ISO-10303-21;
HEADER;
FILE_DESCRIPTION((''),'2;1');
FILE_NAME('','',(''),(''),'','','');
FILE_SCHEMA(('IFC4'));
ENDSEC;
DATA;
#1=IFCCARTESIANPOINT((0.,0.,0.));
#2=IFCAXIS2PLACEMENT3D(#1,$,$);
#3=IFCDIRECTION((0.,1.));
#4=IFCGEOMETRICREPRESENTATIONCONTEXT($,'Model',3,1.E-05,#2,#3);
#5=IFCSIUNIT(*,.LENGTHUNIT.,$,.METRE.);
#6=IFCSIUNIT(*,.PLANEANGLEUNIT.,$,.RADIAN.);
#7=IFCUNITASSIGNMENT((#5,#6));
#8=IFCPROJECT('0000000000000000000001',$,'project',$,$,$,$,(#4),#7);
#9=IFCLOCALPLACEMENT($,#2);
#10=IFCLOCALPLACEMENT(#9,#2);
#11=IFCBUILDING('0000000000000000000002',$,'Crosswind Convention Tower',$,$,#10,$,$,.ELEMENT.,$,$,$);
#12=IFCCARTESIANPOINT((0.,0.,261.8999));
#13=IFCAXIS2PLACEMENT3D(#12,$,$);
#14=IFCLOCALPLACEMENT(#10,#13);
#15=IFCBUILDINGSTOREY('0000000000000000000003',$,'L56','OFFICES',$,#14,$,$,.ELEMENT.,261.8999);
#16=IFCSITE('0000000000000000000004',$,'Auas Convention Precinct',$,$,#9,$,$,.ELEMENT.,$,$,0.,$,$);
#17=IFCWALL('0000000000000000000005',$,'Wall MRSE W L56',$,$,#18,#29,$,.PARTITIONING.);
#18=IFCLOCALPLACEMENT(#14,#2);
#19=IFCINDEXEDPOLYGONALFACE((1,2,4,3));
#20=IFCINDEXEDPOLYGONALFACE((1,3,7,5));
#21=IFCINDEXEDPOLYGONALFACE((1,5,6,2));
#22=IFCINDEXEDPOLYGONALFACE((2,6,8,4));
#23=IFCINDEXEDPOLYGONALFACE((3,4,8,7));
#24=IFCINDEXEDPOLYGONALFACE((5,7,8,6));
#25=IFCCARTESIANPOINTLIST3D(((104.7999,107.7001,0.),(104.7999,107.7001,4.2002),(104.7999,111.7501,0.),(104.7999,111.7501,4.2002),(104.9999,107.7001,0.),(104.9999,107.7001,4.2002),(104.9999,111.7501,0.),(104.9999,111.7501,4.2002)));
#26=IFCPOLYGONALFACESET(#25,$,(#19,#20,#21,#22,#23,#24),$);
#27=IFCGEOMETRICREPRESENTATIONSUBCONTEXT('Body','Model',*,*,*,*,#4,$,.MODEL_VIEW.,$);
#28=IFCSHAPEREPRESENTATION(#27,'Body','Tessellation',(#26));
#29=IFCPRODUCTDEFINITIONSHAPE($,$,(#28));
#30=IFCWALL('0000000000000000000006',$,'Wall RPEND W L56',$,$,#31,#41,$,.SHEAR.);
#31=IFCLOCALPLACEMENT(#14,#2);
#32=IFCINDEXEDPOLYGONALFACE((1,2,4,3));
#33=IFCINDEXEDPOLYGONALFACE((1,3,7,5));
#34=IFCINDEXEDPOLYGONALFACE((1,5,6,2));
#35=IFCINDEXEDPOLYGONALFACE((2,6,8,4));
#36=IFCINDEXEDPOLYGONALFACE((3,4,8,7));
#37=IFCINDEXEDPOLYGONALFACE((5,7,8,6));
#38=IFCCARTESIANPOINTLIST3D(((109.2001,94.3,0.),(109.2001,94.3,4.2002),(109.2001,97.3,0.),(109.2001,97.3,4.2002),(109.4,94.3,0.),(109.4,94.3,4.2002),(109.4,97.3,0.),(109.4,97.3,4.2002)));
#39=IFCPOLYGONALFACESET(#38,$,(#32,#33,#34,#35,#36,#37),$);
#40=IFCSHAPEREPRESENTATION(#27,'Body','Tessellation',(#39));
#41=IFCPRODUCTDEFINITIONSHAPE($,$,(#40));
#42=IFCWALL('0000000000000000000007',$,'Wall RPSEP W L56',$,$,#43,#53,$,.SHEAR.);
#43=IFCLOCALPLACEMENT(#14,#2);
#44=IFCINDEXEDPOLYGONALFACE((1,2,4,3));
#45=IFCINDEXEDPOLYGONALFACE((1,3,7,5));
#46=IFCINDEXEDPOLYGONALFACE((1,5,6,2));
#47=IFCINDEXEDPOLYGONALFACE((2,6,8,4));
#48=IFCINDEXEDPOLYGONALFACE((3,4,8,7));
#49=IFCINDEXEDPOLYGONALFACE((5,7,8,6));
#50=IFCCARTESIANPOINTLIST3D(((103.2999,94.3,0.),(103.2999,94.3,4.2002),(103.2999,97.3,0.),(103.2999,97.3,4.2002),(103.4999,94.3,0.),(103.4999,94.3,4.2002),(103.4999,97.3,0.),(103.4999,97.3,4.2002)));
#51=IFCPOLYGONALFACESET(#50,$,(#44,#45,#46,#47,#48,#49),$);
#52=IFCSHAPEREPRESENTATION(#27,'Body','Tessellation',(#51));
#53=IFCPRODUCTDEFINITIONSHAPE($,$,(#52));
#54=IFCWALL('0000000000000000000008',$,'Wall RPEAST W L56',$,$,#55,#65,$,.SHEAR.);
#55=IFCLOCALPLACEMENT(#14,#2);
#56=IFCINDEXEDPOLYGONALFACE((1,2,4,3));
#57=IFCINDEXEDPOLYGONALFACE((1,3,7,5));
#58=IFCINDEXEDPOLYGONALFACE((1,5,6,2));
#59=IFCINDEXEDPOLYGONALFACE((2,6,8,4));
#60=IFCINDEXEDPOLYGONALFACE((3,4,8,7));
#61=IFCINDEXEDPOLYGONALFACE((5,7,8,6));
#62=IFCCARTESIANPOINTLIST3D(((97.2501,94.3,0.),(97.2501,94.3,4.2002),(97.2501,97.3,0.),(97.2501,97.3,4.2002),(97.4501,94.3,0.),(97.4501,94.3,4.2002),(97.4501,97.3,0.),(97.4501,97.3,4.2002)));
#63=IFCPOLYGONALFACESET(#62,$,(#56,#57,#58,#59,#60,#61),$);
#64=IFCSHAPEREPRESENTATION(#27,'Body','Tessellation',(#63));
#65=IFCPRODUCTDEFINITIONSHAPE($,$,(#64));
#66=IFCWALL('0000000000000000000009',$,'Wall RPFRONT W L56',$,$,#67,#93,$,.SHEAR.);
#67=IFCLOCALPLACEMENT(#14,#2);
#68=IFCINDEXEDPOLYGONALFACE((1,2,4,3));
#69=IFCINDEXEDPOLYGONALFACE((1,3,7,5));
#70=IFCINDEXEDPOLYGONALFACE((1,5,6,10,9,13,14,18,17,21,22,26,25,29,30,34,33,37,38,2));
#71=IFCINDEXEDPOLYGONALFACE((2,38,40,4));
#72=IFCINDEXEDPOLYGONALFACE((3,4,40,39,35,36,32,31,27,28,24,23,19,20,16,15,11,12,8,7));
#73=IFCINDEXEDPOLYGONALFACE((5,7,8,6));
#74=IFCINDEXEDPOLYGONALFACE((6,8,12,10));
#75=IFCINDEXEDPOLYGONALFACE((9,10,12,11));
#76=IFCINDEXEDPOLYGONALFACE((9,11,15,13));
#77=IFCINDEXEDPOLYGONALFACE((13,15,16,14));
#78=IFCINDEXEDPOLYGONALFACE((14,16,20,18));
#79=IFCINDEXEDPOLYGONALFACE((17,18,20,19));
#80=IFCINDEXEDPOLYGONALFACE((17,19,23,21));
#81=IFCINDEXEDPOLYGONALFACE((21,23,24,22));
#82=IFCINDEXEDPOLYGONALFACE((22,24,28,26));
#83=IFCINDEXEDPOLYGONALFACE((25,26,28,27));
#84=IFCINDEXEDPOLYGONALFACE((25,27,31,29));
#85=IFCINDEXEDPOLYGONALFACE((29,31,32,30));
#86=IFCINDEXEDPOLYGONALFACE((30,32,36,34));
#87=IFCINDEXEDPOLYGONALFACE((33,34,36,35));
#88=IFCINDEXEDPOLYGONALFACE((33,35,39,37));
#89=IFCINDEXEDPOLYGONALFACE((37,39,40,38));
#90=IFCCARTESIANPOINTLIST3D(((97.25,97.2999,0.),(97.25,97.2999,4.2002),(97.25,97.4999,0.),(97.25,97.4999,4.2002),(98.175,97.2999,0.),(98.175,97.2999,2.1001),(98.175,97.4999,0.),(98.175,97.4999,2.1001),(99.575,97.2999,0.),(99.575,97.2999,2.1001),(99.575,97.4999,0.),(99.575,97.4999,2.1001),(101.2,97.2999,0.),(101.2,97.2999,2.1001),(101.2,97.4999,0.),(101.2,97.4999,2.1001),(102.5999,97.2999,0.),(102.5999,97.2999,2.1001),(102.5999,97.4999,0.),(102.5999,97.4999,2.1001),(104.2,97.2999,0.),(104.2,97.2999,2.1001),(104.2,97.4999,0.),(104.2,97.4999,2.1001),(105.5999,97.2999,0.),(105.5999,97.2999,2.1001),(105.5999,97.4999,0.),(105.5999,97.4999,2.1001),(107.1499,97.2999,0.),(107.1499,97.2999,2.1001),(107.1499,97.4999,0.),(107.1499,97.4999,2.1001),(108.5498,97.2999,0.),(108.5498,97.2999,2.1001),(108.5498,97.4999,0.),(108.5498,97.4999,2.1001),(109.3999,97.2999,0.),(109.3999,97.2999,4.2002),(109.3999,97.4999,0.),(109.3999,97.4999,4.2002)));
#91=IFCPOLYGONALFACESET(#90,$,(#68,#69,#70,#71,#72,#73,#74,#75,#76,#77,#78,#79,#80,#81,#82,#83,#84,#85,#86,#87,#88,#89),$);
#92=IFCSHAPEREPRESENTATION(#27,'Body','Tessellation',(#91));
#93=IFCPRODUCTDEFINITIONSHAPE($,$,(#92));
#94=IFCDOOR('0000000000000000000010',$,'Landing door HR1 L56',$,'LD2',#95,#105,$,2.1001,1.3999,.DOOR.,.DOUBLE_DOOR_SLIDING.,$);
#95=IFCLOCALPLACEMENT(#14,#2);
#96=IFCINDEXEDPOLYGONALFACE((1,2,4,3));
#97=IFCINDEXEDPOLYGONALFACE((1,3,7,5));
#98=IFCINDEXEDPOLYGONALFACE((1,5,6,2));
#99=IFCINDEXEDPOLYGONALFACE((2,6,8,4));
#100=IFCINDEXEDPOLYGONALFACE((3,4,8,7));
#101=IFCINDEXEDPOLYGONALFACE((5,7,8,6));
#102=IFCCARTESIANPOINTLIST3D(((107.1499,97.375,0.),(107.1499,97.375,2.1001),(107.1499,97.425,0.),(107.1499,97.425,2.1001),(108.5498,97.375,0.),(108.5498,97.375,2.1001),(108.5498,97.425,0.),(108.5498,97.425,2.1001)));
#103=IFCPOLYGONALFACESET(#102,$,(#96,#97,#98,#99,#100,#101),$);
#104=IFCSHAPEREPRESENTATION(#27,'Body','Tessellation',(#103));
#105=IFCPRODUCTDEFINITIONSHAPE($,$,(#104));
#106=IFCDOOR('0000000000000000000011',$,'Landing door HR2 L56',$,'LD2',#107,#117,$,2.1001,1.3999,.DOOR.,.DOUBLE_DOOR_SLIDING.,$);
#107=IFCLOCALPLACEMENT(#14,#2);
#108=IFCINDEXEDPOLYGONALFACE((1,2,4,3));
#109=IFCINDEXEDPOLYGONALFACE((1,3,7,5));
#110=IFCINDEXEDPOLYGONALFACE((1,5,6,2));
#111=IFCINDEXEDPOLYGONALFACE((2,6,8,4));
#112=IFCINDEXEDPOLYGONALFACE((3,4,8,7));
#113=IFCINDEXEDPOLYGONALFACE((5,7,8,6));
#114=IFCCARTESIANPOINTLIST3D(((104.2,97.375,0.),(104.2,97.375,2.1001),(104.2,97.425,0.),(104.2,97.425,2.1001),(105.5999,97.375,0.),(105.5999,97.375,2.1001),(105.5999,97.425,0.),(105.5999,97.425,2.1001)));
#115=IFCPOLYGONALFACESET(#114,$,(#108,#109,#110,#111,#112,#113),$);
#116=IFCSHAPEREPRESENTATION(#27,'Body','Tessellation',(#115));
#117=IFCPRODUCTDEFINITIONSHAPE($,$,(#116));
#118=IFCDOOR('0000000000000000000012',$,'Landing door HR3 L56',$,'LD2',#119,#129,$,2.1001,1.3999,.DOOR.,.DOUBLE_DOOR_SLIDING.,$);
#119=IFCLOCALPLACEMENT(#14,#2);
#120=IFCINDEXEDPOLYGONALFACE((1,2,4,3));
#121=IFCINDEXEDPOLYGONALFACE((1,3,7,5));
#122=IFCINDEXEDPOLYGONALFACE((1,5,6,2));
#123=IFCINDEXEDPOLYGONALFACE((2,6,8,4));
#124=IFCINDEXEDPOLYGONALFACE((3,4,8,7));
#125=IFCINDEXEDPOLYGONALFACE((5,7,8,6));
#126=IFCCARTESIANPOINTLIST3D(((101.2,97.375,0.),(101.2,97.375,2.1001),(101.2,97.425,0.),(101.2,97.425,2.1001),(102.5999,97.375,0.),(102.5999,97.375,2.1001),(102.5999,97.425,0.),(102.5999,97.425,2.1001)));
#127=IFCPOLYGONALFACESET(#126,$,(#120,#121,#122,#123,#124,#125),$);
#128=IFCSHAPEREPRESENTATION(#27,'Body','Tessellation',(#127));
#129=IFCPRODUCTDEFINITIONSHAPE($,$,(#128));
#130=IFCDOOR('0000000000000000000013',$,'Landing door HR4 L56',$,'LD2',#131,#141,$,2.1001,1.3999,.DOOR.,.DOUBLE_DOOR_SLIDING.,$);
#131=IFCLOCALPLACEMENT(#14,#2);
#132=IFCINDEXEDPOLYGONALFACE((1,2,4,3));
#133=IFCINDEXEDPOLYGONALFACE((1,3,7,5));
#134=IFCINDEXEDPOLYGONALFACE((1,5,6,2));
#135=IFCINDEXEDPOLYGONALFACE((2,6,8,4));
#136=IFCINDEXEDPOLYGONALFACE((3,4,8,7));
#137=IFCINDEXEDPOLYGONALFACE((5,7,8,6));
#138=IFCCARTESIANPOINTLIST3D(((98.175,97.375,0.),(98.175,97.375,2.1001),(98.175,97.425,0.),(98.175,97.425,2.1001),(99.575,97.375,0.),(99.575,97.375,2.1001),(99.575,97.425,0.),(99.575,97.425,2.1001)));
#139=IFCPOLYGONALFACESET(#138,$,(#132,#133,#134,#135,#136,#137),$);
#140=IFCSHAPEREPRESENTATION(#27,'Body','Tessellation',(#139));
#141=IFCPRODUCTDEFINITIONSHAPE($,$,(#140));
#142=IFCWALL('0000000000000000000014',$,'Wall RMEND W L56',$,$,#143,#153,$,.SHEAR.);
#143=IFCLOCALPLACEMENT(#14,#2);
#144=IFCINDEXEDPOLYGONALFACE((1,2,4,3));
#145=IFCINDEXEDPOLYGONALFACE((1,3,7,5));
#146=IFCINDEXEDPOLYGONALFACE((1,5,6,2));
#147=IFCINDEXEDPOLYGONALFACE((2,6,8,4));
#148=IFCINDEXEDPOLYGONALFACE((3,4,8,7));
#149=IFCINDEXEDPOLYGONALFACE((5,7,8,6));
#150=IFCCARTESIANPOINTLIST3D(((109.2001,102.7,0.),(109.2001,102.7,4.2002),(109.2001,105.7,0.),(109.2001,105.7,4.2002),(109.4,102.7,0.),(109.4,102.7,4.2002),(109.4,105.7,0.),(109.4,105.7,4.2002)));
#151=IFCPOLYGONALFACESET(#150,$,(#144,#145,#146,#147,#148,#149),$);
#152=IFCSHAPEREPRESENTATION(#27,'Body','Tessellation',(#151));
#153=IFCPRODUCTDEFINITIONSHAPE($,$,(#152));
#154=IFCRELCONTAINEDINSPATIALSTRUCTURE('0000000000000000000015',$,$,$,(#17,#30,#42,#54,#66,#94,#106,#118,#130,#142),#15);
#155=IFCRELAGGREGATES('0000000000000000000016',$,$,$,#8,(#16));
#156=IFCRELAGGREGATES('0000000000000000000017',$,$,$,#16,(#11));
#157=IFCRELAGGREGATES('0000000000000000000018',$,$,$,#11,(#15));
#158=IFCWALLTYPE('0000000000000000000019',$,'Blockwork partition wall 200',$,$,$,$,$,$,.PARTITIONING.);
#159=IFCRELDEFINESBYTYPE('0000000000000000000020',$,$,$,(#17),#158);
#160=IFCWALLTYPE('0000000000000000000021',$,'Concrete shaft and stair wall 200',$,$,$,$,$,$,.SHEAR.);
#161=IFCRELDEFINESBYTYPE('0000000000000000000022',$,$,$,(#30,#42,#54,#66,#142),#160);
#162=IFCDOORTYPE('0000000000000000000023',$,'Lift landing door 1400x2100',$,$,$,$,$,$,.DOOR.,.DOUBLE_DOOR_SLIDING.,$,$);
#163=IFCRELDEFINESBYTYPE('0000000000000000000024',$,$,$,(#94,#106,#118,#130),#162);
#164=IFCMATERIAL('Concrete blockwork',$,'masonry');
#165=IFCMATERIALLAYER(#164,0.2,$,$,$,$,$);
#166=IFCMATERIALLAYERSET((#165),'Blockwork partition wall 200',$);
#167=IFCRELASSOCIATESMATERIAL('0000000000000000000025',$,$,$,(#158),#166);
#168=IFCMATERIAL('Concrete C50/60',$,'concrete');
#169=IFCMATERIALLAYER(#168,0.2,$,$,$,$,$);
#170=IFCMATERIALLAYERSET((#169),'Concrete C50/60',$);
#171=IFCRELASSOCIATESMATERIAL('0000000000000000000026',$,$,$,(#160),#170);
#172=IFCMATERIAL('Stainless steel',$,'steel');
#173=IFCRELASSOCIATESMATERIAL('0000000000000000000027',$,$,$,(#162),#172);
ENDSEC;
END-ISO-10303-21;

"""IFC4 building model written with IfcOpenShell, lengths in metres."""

from ifc_helpers import new_model, si_unit, direction, frame, frame_2d, origin, place, context, subcontext, project, spatial, rectangle, extrude, material, layer, layer_set, type_object, element, fill, save


model = new_model("IFC4")

# Units and contexts
model_context = context("Model", 3, precision=1e-05, world=origin(), true_north=direction((0.0, 1.0)))
body_context = subcontext(model_context, "Body", "Model", "MODEL_VIEW")
ifc_project = project(units=[si_unit("LENGTHUNIT", "METRE"), si_unit("PLANEANGLEUNIT", "RADIAN")], contexts=[model_context])

# Site, building, storey
site_placement = place(None, origin())
site = spatial("IfcSite", under=ifc_project, at=site_placement, Name="Auas Convention Precinct", CompositionType="ELEMENT", RefElevation=0.0)
building_placement = place(site_placement, origin())
building = spatial("IfcBuilding", under=site, at=building_placement, Name="Crosswind Convention Tower", CompositionType="ELEMENT")
storey_placement = place(building_placement, frame((0.0, 0.0, 261.8999)))
storey = spatial("IfcBuildingStorey", under=building, at=storey_placement, Name="L56", Description="OFFICES", CompositionType="ELEMENT", Elevation=261.8999)

# Walls
ifc_material_1 = material(Name="Concrete blockwork", Category="masonry")
ifc_layer_1 = layer(ifc_material_1, 0.2)
ifc_layer_set_1 = layer_set([ifc_layer_1], Name="Blockwork partition wall 200")
wall_type_1 = type_object("IfcWallType", Name="Blockwork partition wall 200", PredefinedType="PARTITIONING", material=ifc_layer_set_1)
wall_1_placement = place(storey_placement, frame((104.8999, 111.75, 0.0), z_axis=(0.0, 0.0, 1.0), x_axis=(0.0, -1.0, 0.0)))
element("IfcWall", 1, at=wall_1_placement, inside=storey, type_object=wall_type_1, Name="Wall MRSE W L56", PredefinedType="PARTITIONING", context=body_context, shape_type="SweptSolid", body=[
    extrude(rectangle(XDim=4.05, YDim=0.2, at=frame_2d((2.0249, 0.0))), origin(), (0.0, 0.0, 1.0), 4.2002),
])
ifc_material_2 = material(Name="Concrete C50/60", Category="concrete")
ifc_layer_2 = layer(ifc_material_2, 0.2)
ifc_layer_set_2 = layer_set([ifc_layer_2], Name="Concrete C50/60")
wall_type_2 = type_object("IfcWallType", Name="Concrete shaft and stair wall 200", PredefinedType="SHEAR", material=ifc_layer_set_2)
for number, where, z_axis, x_axis, name in (
    (2, (109.3, 97.3, 0.0), (0.0, 0.0, 1.0), (0.0, -1.0, 0.0), "Wall RPEND W L56"),
    (3, (103.3999, 97.3, 0.0), (0.0, 0.0, 1.0), (0.0, -1.0, 0.0), "Wall RPSEP W L56"),
    (4, (97.3501, 97.3, 0.0), (0.0, 0.0, 1.0), (0.0, -1.0, 0.0), "Wall RPEAST W L56"),
):
    element("IfcWall", number, at=place(storey_placement, frame(where, z_axis=z_axis, x_axis=x_axis)), inside=storey, type_object=wall_type_2, Name=name, PredefinedType="SHEAR", context=body_context, shape_type="SweptSolid", body=[
        extrude(rectangle(XDim=3.0, YDim=0.2, at=frame_2d((1.5, 0.0))), origin(), (0.0, 0.0, 1.0), 4.2002),
    ])

# Wall, openings, doors
wall_2_placement = place(storey_placement, frame((109.3999, 97.3999, 0.0), z_axis=(0.0, 0.0, 1.0), x_axis=(-1.0, 0.0, 0.0)))
wall_2 = element("IfcWall", 5, at=wall_2_placement, inside=storey, type_object=wall_type_2, Name="Wall RPFRONT W L56", PredefinedType="SHEAR", context=body_context, shape_type="SweptSolid", body=[
    extrude(rectangle(XDim=12.1499, YDim=0.2, at=frame_2d((6.075, 0.0))), origin(), (0.0, 0.0, 1.0), 4.2002),
])
opening_1_placement = place(wall_2_placement, frame((0.8501, 0.0, 0.0)))
opening_1 = element("IfcOpeningElement", 6, at=opening_1_placement, cuts=wall_2, PredefinedType="OPENING", context=body_context, shape_type="SweptSolid", body=[
    extrude(rectangle(XDim=1.3999, YDim=2.1001, at=frame_2d((0.7, 1.05))), frame((0.0, 0.1099, 0.0), z_axis=(0.0, -1.0, 0.0), x_axis=(1.0, 0.0, 0.0)), (0.0, 0.0, 1.0), 0.22),
])
opening_2_placement = place(wall_2_placement, frame((3.8, 0.0, 0.0)))
opening_2 = element("IfcOpeningElement", 7, at=opening_2_placement, cuts=wall_2, PredefinedType="OPENING", context=body_context, shape_type="SweptSolid", body=[
    extrude(rectangle(XDim=1.3999, YDim=2.1001, at=frame_2d((0.7, 1.05))), frame((0.0, 0.1099, 0.0), z_axis=(0.0, -1.0, 0.0), x_axis=(1.0, 0.0, 0.0)), (0.0, 0.0, 1.0), 0.22),
])
opening_3_placement = place(wall_2_placement, frame((6.8, 0.0, 0.0)))
opening_3 = element("IfcOpeningElement", 8, at=opening_3_placement, cuts=wall_2, PredefinedType="OPENING", context=body_context, shape_type="SweptSolid", body=[
    extrude(rectangle(XDim=1.3999, YDim=2.1001, at=frame_2d((0.7, 1.05))), frame((0.0, 0.1099, 0.0), z_axis=(0.0, -1.0, 0.0), x_axis=(1.0, 0.0, 0.0)), (0.0, 0.0, 1.0), 0.22),
])
opening_4_placement = place(wall_2_placement, frame((9.825, 0.0, 0.0)))
opening_4 = element("IfcOpeningElement", 9, at=opening_4_placement, cuts=wall_2, PredefinedType="OPENING", context=body_context, shape_type="SweptSolid", body=[
    extrude(rectangle(XDim=1.3999, YDim=2.1001, at=frame_2d((0.7, 1.05))), frame((0.0, 0.1099, 0.0), z_axis=(0.0, -1.0, 0.0), x_axis=(1.0, 0.0, 0.0)), (0.0, 0.0, 1.0), 0.22),
])
ifc_material_3 = material(Name="Stainless steel", Category="steel")
door_type_1 = type_object("IfcDoorType", Name="Lift landing door 1400x2100", OperationType="DOUBLE_DOOR_SLIDING", PredefinedType="DOOR", material=ifc_material_3)
door_1_placement = place(opening_1_placement, origin())
door_1 = element("IfcDoor", 10, at=door_1_placement, inside=storey, type_object=door_type_1, Name="Landing door HR1 L56", ObjectType="LD2", OperationType="DOUBLE_DOOR_SLIDING", OverallHeight=2.1001, OverallWidth=1.3999, PredefinedType="DOOR", context=body_context, shape_type="SweptSolid", body=[
    extrude(rectangle(XDim=1.3999, YDim=2.1001, at=frame_2d((0.7, 1.05))), frame((0.0, 0.0249, 0.0), z_axis=(0.0, -1.0, 0.0), x_axis=(1.0, 0.0, 0.0)), (0.0, 0.0, 1.0), 0.05),
])
fill(opening_1, door_1)
door_2_placement = place(opening_2_placement, origin())
door_2 = element("IfcDoor", 11, at=door_2_placement, inside=storey, type_object=door_type_1, Name="Landing door HR2 L56", ObjectType="LD2", OperationType="DOUBLE_DOOR_SLIDING", OverallHeight=2.1001, OverallWidth=1.3999, PredefinedType="DOOR", context=body_context, shape_type="SweptSolid", body=[
    extrude(rectangle(XDim=1.3999, YDim=2.1001, at=frame_2d((0.7, 1.05))), frame((0.0, 0.0249, 0.0), z_axis=(0.0, -1.0, 0.0), x_axis=(1.0, 0.0, 0.0)), (0.0, 0.0, 1.0), 0.05),
])
fill(opening_2, door_2)
door_3_placement = place(opening_3_placement, origin())
door_3 = element("IfcDoor", 12, at=door_3_placement, inside=storey, type_object=door_type_1, Name="Landing door HR3 L56", ObjectType="LD2", OperationType="DOUBLE_DOOR_SLIDING", OverallHeight=2.1001, OverallWidth=1.3999, PredefinedType="DOOR", context=body_context, shape_type="SweptSolid", body=[
    extrude(rectangle(XDim=1.3999, YDim=2.1001, at=frame_2d((0.7, 1.05))), frame((0.0, 0.0249, 0.0), z_axis=(0.0, -1.0, 0.0), x_axis=(1.0, 0.0, 0.0)), (0.0, 0.0, 1.0), 0.05),
])
fill(opening_3, door_3)
door_4_placement = place(opening_4_placement, origin())
door_4 = element("IfcDoor", 13, at=door_4_placement, inside=storey, type_object=door_type_1, Name="Landing door HR4 L56", ObjectType="LD2", OperationType="DOUBLE_DOOR_SLIDING", OverallHeight=2.1001, OverallWidth=1.3999, PredefinedType="DOOR", context=body_context, shape_type="SweptSolid", body=[
    extrude(rectangle(XDim=1.3999, YDim=2.1001, at=frame_2d((0.7, 1.05))), frame((0.0, 0.0249, 0.0), z_axis=(0.0, -1.0, 0.0), x_axis=(1.0, 0.0, 0.0)), (0.0, 0.0, 1.0), 0.05),
])
fill(opening_4, door_4)

# Wall
wall_3_placement = place(storey_placement, frame((109.3, 105.7, 0.0), z_axis=(0.0, 0.0, 1.0), x_axis=(0.0, -1.0, 0.0)))
element("IfcWall", 14, at=wall_3_placement, inside=storey, type_object=wall_type_2, Name="Wall RMEND W L56", PredefinedType="SHEAR", context=body_context, shape_type="SweptSolid", body=[
    extrude(rectangle(XDim=3.0, YDim=0.2, at=frame_2d((1.5, 0.0))), origin(), (0.0, 0.0, 1.0), 4.2002),
])

save(model, "model.ifc")
